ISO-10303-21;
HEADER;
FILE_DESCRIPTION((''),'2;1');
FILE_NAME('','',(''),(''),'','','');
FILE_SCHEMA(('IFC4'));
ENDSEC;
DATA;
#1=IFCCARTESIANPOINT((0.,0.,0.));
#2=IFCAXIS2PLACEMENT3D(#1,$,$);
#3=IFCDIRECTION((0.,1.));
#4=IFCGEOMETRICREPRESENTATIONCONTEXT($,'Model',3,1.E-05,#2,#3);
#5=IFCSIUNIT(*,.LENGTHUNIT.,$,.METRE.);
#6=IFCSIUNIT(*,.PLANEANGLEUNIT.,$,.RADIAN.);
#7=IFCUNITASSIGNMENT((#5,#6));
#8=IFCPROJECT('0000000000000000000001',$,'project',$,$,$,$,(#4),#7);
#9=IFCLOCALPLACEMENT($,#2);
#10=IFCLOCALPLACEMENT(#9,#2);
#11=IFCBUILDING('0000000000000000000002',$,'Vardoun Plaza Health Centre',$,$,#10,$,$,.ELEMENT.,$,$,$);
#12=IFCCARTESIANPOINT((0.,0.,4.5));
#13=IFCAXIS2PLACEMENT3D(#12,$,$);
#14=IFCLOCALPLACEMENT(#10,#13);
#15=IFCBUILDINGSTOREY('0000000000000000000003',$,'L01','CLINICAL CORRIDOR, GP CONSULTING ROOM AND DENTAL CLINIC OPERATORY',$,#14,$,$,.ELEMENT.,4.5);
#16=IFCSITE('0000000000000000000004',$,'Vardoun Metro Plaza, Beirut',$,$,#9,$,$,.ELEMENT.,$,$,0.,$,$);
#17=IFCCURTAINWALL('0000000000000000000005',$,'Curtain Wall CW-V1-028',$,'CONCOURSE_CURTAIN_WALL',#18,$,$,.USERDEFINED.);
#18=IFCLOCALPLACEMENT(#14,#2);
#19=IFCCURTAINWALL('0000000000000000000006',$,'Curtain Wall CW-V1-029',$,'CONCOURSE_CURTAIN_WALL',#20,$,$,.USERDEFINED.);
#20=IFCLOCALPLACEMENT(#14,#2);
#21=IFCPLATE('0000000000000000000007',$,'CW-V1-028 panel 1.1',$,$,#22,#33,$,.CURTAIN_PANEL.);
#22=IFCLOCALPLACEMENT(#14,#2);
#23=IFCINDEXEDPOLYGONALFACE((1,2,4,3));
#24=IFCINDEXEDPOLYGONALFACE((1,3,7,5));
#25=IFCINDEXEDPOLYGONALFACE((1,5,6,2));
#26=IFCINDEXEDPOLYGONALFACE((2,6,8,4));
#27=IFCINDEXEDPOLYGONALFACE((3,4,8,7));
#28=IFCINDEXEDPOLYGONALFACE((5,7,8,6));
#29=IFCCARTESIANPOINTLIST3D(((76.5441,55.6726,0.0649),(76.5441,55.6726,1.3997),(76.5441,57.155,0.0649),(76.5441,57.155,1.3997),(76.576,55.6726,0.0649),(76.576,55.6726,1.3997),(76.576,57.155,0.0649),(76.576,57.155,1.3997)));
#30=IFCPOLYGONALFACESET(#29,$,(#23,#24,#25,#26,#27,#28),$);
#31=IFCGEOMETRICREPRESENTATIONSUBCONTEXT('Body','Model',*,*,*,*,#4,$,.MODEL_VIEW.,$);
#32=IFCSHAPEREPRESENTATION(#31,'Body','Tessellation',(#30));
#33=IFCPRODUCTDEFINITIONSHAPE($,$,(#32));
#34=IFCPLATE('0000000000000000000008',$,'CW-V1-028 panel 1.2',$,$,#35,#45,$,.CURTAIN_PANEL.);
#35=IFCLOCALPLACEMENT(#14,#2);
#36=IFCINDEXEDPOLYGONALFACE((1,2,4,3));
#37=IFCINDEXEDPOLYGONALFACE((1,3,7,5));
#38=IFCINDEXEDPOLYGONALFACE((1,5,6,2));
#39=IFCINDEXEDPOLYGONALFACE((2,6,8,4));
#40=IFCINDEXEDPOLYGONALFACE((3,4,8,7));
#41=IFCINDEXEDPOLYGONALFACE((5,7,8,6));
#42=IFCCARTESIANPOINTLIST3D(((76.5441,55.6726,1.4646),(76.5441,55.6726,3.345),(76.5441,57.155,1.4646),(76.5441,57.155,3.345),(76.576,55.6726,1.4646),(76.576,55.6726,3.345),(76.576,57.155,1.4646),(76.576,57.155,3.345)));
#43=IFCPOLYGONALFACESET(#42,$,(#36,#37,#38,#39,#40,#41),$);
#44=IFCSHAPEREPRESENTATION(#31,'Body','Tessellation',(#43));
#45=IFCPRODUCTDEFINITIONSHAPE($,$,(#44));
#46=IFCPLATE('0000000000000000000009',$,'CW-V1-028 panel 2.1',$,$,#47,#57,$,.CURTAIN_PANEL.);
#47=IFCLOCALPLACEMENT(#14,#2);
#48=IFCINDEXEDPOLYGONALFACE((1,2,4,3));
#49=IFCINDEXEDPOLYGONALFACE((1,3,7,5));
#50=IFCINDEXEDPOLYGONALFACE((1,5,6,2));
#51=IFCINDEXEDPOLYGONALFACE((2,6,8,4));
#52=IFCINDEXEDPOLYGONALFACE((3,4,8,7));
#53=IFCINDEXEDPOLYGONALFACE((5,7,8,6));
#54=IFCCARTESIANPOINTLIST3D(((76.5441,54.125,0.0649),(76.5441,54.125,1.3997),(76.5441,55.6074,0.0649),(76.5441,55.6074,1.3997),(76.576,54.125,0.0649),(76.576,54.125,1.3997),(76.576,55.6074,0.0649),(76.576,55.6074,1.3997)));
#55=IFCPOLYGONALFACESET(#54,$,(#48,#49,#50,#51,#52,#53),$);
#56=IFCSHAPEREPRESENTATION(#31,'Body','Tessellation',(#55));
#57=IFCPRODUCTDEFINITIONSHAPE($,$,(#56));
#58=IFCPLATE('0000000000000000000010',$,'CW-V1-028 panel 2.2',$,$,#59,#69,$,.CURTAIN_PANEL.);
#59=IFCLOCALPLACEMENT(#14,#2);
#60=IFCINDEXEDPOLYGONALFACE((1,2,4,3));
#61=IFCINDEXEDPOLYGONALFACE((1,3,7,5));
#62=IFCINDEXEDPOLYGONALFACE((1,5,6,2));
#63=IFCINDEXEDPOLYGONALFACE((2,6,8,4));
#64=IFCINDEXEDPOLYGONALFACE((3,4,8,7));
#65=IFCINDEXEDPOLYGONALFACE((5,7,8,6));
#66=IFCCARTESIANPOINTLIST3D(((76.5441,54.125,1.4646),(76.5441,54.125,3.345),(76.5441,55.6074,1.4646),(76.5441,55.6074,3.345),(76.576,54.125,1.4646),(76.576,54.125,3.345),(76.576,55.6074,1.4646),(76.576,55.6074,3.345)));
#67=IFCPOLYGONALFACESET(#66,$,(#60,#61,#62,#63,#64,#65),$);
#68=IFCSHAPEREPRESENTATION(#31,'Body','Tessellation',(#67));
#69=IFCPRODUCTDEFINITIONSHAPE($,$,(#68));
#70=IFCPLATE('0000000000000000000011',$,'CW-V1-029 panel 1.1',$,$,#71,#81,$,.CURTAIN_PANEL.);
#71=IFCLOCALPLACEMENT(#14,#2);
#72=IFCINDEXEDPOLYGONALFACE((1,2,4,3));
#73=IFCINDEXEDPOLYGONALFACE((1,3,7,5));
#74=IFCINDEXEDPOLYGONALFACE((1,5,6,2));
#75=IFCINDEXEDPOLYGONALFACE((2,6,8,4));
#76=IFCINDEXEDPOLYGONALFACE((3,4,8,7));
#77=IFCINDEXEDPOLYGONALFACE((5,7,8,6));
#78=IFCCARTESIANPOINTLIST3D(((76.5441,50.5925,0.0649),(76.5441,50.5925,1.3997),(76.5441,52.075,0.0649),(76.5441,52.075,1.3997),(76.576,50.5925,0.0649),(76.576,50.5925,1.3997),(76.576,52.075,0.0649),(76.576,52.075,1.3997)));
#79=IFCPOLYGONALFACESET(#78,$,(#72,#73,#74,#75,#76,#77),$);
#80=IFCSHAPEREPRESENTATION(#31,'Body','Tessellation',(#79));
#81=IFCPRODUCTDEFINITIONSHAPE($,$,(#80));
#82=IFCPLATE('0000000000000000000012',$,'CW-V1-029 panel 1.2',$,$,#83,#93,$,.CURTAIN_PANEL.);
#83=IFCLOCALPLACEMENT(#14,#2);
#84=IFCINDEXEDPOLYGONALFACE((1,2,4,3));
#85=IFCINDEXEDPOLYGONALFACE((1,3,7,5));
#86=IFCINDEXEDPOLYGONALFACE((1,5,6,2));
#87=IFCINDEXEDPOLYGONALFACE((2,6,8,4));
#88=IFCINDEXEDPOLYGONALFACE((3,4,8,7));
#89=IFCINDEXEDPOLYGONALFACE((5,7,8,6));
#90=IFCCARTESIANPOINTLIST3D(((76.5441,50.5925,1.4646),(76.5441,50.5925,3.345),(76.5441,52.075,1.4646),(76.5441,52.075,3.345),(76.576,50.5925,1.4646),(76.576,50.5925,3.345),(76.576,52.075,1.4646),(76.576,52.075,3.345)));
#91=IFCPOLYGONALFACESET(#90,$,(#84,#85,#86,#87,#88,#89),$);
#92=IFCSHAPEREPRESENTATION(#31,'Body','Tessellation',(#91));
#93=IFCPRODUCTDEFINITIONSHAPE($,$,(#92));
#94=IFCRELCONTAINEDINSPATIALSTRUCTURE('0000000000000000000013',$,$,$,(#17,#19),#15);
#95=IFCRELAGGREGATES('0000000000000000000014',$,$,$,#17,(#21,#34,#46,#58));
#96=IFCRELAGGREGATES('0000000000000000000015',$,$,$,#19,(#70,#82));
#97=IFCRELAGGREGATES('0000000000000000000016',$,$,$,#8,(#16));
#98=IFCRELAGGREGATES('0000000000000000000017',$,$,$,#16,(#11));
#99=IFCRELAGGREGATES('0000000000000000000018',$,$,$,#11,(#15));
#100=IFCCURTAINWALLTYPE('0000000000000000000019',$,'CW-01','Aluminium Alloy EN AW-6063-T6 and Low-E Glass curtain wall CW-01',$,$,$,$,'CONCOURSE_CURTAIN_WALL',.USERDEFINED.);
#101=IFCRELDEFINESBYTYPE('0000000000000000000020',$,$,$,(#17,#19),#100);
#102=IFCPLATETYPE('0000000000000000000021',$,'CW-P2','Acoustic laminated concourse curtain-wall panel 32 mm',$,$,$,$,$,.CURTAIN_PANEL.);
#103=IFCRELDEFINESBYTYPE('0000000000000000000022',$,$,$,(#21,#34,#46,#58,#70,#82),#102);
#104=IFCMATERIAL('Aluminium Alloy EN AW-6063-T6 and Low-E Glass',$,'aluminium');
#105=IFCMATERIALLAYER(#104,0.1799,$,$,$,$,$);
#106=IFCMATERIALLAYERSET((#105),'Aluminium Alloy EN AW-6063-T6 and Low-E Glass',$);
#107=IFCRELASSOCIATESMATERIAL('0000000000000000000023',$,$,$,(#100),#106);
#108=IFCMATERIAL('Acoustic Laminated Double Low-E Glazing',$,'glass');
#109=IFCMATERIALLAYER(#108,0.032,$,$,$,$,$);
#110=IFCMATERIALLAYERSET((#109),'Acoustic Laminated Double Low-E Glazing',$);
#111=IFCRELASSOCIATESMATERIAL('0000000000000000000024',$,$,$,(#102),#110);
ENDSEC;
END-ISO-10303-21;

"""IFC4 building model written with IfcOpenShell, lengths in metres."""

from ifc_helpers import new_model, si_unit, direction, frame, origin, origin_2d, place, context, subcontext, project, spatial, rectangle, extrude, material, layer, layer_set, type_object, element, aggregate, save


model = new_model("IFC4")

# Units and contexts
model_context = context("Model", 3, precision=1e-05, world=origin(), true_north=direction((0.0, 1.0)))
body_context = subcontext(model_context, "Body", "Model", "MODEL_VIEW")
ifc_project = project(units=[si_unit("LENGTHUNIT", "METRE"), si_unit("PLANEANGLEUNIT", "RADIAN")], contexts=[model_context])

# Site, building, storey
site_placement = place(None, origin())
site = spatial("IfcSite", under=ifc_project, at=site_placement, Name="Vardoun Metro Plaza, Beirut", CompositionType="ELEMENT", RefElevation=0.0)
building_placement = place(site_placement, origin())
building = spatial("IfcBuilding", under=site, at=building_placement, Name="Vardoun Plaza Health Centre", CompositionType="ELEMENT")
storey_placement = place(building_placement, frame((0.0, 0.0, 4.5)))
storey = spatial("IfcBuildingStorey", under=building, at=storey_placement, Name="L01", Description="CLINICAL CORRIDOR, GP CONSULTING ROOM AND DENTAL CLINIC OPERATORY", CompositionType="ELEMENT", Elevation=4.5)

# Curtain walls
ifc_material_1 = material(Name="Aluminium Alloy EN AW-6063-T6 and Low-E Glass", Category="aluminium")
ifc_layer_1 = layer(ifc_material_1, 0.1799)
ifc_layer_set_1 = layer_set([ifc_layer_1], Name="Aluminium Alloy EN AW-6063-T6 and Low-E Glass")
curtain_wall_type = type_object("IfcCurtainWallType", Name="CW-01", Description="Aluminium Alloy EN AW-6063-T6 and Low-E Glass curtain wall CW-01", ElementType="CONCOURSE_CURTAIN_WALL", PredefinedType="USERDEFINED", material=ifc_layer_set_1)
curtain_wall_1_placement = place(storey_placement, origin())
curtain_wall_1 = element("IfcCurtainWall", 1, at=curtain_wall_1_placement, inside=storey, type_object=curtain_wall_type, Name="Curtain Wall CW-V1-028", ObjectType="CONCOURSE_CURTAIN_WALL", PredefinedType="USERDEFINED")
curtain_wall_2_placement = place(storey_placement, origin())
curtain_wall_2 = element("IfcCurtainWall", 2, at=curtain_wall_2_placement, inside=storey, type_object=curtain_wall_type, Name="Curtain Wall CW-V1-029", ObjectType="CONCOURSE_CURTAIN_WALL", PredefinedType="USERDEFINED")

# Plates
ifc_material_2 = material(Name="Acoustic Laminated Double Low-E Glazing", Category="glass")
ifc_layer_2 = layer(ifc_material_2, 0.032)
ifc_layer_set_2 = layer_set([ifc_layer_2], Name="Acoustic Laminated Double Low-E Glazing")
plate_type = type_object("IfcPlateType", Name="CW-P2", Description="Acoustic laminated concourse curtain-wall panel 32 mm", PredefinedType="CURTAIN_PANEL", material=ifc_layer_set_2)
plate_1_placement = place(storey_placement, frame((76.5601, 56.4138, 0.0649), z_axis=(0.0, 0.0, 1.0), x_axis=(0.0, -1.0, 0.0)))
plate_1 = element("IfcPlate", 3, at=plate_1_placement, type_object=plate_type, Name="CW-V1-028 panel 1.1", PredefinedType="CURTAIN_PANEL", context=body_context, shape_type="SweptSolid", body=[
    extrude(rectangle(XDim=1.4824, YDim=0.032, at=origin_2d()), origin(), (0.0, 0.0, 1.0), 1.3347),
])
plate_2_placement = place(storey_placement, frame((76.5601, 56.4138, 1.4646), z_axis=(0.0, 0.0, 1.0), x_axis=(0.0, -1.0, 0.0)))
plate_2 = element("IfcPlate", 4, at=plate_2_placement, type_object=plate_type, Name="CW-V1-028 panel 1.2", PredefinedType="CURTAIN_PANEL", context=body_context, shape_type="SweptSolid", body=[
    extrude(rectangle(XDim=1.4824, YDim=0.032, at=origin_2d()), origin(), (0.0, 0.0, 1.0), 1.8804),
])
plate_3_placement = place(storey_placement, frame((76.5601, 54.8662, 0.0649), z_axis=(0.0, 0.0, 1.0), x_axis=(0.0, -1.0, 0.0)))
plate_3 = element("IfcPlate", 5, at=plate_3_placement, type_object=plate_type, Name="CW-V1-028 panel 2.1", PredefinedType="CURTAIN_PANEL", context=body_context, shape_type="SweptSolid", body=[
    extrude(rectangle(XDim=1.4824, YDim=0.032, at=origin_2d()), origin(), (0.0, 0.0, 1.0), 1.3347),
])
plate_4_placement = place(storey_placement, frame((76.5601, 54.8662, 1.4646), z_axis=(0.0, 0.0, 1.0), x_axis=(0.0, -1.0, 0.0)))
plate_4 = element("IfcPlate", 6, at=plate_4_placement, type_object=plate_type, Name="CW-V1-028 panel 2.2", PredefinedType="CURTAIN_PANEL", context=body_context, shape_type="SweptSolid", body=[
    extrude(rectangle(XDim=1.4824, YDim=0.032, at=origin_2d()), origin(), (0.0, 0.0, 1.0), 1.8804),
])
aggregate(curtain_wall_1, [plate_1, plate_2, plate_3, plate_4])
plate_5_placement = place(storey_placement, frame((76.5601, 51.3337, 0.0649), z_axis=(0.0, 0.0, 1.0), x_axis=(0.0, -1.0, 0.0)))
plate_5 = element("IfcPlate", 7, at=plate_5_placement, type_object=plate_type, Name="CW-V1-029 panel 1.1", PredefinedType="CURTAIN_PANEL", context=body_context, shape_type="SweptSolid", body=[
    extrude(rectangle(XDim=1.4824, YDim=0.032, at=origin_2d()), origin(), (0.0, 0.0, 1.0), 1.3347),
])
plate_6_placement = place(storey_placement, frame((76.5601, 51.3337, 1.4646), z_axis=(0.0, 0.0, 1.0), x_axis=(0.0, -1.0, 0.0)))
plate_6 = element("IfcPlate", 8, at=plate_6_placement, type_object=plate_type, Name="CW-V1-029 panel 1.2", PredefinedType="CURTAIN_PANEL", context=body_context, shape_type="SweptSolid", body=[
    extrude(rectangle(XDim=1.4824, YDim=0.032, at=origin_2d()), origin(), (0.0, 0.0, 1.0), 1.8804),
])
aggregate(curtain_wall_2, [plate_5, plate_6])

save(model, "model.ifc")
